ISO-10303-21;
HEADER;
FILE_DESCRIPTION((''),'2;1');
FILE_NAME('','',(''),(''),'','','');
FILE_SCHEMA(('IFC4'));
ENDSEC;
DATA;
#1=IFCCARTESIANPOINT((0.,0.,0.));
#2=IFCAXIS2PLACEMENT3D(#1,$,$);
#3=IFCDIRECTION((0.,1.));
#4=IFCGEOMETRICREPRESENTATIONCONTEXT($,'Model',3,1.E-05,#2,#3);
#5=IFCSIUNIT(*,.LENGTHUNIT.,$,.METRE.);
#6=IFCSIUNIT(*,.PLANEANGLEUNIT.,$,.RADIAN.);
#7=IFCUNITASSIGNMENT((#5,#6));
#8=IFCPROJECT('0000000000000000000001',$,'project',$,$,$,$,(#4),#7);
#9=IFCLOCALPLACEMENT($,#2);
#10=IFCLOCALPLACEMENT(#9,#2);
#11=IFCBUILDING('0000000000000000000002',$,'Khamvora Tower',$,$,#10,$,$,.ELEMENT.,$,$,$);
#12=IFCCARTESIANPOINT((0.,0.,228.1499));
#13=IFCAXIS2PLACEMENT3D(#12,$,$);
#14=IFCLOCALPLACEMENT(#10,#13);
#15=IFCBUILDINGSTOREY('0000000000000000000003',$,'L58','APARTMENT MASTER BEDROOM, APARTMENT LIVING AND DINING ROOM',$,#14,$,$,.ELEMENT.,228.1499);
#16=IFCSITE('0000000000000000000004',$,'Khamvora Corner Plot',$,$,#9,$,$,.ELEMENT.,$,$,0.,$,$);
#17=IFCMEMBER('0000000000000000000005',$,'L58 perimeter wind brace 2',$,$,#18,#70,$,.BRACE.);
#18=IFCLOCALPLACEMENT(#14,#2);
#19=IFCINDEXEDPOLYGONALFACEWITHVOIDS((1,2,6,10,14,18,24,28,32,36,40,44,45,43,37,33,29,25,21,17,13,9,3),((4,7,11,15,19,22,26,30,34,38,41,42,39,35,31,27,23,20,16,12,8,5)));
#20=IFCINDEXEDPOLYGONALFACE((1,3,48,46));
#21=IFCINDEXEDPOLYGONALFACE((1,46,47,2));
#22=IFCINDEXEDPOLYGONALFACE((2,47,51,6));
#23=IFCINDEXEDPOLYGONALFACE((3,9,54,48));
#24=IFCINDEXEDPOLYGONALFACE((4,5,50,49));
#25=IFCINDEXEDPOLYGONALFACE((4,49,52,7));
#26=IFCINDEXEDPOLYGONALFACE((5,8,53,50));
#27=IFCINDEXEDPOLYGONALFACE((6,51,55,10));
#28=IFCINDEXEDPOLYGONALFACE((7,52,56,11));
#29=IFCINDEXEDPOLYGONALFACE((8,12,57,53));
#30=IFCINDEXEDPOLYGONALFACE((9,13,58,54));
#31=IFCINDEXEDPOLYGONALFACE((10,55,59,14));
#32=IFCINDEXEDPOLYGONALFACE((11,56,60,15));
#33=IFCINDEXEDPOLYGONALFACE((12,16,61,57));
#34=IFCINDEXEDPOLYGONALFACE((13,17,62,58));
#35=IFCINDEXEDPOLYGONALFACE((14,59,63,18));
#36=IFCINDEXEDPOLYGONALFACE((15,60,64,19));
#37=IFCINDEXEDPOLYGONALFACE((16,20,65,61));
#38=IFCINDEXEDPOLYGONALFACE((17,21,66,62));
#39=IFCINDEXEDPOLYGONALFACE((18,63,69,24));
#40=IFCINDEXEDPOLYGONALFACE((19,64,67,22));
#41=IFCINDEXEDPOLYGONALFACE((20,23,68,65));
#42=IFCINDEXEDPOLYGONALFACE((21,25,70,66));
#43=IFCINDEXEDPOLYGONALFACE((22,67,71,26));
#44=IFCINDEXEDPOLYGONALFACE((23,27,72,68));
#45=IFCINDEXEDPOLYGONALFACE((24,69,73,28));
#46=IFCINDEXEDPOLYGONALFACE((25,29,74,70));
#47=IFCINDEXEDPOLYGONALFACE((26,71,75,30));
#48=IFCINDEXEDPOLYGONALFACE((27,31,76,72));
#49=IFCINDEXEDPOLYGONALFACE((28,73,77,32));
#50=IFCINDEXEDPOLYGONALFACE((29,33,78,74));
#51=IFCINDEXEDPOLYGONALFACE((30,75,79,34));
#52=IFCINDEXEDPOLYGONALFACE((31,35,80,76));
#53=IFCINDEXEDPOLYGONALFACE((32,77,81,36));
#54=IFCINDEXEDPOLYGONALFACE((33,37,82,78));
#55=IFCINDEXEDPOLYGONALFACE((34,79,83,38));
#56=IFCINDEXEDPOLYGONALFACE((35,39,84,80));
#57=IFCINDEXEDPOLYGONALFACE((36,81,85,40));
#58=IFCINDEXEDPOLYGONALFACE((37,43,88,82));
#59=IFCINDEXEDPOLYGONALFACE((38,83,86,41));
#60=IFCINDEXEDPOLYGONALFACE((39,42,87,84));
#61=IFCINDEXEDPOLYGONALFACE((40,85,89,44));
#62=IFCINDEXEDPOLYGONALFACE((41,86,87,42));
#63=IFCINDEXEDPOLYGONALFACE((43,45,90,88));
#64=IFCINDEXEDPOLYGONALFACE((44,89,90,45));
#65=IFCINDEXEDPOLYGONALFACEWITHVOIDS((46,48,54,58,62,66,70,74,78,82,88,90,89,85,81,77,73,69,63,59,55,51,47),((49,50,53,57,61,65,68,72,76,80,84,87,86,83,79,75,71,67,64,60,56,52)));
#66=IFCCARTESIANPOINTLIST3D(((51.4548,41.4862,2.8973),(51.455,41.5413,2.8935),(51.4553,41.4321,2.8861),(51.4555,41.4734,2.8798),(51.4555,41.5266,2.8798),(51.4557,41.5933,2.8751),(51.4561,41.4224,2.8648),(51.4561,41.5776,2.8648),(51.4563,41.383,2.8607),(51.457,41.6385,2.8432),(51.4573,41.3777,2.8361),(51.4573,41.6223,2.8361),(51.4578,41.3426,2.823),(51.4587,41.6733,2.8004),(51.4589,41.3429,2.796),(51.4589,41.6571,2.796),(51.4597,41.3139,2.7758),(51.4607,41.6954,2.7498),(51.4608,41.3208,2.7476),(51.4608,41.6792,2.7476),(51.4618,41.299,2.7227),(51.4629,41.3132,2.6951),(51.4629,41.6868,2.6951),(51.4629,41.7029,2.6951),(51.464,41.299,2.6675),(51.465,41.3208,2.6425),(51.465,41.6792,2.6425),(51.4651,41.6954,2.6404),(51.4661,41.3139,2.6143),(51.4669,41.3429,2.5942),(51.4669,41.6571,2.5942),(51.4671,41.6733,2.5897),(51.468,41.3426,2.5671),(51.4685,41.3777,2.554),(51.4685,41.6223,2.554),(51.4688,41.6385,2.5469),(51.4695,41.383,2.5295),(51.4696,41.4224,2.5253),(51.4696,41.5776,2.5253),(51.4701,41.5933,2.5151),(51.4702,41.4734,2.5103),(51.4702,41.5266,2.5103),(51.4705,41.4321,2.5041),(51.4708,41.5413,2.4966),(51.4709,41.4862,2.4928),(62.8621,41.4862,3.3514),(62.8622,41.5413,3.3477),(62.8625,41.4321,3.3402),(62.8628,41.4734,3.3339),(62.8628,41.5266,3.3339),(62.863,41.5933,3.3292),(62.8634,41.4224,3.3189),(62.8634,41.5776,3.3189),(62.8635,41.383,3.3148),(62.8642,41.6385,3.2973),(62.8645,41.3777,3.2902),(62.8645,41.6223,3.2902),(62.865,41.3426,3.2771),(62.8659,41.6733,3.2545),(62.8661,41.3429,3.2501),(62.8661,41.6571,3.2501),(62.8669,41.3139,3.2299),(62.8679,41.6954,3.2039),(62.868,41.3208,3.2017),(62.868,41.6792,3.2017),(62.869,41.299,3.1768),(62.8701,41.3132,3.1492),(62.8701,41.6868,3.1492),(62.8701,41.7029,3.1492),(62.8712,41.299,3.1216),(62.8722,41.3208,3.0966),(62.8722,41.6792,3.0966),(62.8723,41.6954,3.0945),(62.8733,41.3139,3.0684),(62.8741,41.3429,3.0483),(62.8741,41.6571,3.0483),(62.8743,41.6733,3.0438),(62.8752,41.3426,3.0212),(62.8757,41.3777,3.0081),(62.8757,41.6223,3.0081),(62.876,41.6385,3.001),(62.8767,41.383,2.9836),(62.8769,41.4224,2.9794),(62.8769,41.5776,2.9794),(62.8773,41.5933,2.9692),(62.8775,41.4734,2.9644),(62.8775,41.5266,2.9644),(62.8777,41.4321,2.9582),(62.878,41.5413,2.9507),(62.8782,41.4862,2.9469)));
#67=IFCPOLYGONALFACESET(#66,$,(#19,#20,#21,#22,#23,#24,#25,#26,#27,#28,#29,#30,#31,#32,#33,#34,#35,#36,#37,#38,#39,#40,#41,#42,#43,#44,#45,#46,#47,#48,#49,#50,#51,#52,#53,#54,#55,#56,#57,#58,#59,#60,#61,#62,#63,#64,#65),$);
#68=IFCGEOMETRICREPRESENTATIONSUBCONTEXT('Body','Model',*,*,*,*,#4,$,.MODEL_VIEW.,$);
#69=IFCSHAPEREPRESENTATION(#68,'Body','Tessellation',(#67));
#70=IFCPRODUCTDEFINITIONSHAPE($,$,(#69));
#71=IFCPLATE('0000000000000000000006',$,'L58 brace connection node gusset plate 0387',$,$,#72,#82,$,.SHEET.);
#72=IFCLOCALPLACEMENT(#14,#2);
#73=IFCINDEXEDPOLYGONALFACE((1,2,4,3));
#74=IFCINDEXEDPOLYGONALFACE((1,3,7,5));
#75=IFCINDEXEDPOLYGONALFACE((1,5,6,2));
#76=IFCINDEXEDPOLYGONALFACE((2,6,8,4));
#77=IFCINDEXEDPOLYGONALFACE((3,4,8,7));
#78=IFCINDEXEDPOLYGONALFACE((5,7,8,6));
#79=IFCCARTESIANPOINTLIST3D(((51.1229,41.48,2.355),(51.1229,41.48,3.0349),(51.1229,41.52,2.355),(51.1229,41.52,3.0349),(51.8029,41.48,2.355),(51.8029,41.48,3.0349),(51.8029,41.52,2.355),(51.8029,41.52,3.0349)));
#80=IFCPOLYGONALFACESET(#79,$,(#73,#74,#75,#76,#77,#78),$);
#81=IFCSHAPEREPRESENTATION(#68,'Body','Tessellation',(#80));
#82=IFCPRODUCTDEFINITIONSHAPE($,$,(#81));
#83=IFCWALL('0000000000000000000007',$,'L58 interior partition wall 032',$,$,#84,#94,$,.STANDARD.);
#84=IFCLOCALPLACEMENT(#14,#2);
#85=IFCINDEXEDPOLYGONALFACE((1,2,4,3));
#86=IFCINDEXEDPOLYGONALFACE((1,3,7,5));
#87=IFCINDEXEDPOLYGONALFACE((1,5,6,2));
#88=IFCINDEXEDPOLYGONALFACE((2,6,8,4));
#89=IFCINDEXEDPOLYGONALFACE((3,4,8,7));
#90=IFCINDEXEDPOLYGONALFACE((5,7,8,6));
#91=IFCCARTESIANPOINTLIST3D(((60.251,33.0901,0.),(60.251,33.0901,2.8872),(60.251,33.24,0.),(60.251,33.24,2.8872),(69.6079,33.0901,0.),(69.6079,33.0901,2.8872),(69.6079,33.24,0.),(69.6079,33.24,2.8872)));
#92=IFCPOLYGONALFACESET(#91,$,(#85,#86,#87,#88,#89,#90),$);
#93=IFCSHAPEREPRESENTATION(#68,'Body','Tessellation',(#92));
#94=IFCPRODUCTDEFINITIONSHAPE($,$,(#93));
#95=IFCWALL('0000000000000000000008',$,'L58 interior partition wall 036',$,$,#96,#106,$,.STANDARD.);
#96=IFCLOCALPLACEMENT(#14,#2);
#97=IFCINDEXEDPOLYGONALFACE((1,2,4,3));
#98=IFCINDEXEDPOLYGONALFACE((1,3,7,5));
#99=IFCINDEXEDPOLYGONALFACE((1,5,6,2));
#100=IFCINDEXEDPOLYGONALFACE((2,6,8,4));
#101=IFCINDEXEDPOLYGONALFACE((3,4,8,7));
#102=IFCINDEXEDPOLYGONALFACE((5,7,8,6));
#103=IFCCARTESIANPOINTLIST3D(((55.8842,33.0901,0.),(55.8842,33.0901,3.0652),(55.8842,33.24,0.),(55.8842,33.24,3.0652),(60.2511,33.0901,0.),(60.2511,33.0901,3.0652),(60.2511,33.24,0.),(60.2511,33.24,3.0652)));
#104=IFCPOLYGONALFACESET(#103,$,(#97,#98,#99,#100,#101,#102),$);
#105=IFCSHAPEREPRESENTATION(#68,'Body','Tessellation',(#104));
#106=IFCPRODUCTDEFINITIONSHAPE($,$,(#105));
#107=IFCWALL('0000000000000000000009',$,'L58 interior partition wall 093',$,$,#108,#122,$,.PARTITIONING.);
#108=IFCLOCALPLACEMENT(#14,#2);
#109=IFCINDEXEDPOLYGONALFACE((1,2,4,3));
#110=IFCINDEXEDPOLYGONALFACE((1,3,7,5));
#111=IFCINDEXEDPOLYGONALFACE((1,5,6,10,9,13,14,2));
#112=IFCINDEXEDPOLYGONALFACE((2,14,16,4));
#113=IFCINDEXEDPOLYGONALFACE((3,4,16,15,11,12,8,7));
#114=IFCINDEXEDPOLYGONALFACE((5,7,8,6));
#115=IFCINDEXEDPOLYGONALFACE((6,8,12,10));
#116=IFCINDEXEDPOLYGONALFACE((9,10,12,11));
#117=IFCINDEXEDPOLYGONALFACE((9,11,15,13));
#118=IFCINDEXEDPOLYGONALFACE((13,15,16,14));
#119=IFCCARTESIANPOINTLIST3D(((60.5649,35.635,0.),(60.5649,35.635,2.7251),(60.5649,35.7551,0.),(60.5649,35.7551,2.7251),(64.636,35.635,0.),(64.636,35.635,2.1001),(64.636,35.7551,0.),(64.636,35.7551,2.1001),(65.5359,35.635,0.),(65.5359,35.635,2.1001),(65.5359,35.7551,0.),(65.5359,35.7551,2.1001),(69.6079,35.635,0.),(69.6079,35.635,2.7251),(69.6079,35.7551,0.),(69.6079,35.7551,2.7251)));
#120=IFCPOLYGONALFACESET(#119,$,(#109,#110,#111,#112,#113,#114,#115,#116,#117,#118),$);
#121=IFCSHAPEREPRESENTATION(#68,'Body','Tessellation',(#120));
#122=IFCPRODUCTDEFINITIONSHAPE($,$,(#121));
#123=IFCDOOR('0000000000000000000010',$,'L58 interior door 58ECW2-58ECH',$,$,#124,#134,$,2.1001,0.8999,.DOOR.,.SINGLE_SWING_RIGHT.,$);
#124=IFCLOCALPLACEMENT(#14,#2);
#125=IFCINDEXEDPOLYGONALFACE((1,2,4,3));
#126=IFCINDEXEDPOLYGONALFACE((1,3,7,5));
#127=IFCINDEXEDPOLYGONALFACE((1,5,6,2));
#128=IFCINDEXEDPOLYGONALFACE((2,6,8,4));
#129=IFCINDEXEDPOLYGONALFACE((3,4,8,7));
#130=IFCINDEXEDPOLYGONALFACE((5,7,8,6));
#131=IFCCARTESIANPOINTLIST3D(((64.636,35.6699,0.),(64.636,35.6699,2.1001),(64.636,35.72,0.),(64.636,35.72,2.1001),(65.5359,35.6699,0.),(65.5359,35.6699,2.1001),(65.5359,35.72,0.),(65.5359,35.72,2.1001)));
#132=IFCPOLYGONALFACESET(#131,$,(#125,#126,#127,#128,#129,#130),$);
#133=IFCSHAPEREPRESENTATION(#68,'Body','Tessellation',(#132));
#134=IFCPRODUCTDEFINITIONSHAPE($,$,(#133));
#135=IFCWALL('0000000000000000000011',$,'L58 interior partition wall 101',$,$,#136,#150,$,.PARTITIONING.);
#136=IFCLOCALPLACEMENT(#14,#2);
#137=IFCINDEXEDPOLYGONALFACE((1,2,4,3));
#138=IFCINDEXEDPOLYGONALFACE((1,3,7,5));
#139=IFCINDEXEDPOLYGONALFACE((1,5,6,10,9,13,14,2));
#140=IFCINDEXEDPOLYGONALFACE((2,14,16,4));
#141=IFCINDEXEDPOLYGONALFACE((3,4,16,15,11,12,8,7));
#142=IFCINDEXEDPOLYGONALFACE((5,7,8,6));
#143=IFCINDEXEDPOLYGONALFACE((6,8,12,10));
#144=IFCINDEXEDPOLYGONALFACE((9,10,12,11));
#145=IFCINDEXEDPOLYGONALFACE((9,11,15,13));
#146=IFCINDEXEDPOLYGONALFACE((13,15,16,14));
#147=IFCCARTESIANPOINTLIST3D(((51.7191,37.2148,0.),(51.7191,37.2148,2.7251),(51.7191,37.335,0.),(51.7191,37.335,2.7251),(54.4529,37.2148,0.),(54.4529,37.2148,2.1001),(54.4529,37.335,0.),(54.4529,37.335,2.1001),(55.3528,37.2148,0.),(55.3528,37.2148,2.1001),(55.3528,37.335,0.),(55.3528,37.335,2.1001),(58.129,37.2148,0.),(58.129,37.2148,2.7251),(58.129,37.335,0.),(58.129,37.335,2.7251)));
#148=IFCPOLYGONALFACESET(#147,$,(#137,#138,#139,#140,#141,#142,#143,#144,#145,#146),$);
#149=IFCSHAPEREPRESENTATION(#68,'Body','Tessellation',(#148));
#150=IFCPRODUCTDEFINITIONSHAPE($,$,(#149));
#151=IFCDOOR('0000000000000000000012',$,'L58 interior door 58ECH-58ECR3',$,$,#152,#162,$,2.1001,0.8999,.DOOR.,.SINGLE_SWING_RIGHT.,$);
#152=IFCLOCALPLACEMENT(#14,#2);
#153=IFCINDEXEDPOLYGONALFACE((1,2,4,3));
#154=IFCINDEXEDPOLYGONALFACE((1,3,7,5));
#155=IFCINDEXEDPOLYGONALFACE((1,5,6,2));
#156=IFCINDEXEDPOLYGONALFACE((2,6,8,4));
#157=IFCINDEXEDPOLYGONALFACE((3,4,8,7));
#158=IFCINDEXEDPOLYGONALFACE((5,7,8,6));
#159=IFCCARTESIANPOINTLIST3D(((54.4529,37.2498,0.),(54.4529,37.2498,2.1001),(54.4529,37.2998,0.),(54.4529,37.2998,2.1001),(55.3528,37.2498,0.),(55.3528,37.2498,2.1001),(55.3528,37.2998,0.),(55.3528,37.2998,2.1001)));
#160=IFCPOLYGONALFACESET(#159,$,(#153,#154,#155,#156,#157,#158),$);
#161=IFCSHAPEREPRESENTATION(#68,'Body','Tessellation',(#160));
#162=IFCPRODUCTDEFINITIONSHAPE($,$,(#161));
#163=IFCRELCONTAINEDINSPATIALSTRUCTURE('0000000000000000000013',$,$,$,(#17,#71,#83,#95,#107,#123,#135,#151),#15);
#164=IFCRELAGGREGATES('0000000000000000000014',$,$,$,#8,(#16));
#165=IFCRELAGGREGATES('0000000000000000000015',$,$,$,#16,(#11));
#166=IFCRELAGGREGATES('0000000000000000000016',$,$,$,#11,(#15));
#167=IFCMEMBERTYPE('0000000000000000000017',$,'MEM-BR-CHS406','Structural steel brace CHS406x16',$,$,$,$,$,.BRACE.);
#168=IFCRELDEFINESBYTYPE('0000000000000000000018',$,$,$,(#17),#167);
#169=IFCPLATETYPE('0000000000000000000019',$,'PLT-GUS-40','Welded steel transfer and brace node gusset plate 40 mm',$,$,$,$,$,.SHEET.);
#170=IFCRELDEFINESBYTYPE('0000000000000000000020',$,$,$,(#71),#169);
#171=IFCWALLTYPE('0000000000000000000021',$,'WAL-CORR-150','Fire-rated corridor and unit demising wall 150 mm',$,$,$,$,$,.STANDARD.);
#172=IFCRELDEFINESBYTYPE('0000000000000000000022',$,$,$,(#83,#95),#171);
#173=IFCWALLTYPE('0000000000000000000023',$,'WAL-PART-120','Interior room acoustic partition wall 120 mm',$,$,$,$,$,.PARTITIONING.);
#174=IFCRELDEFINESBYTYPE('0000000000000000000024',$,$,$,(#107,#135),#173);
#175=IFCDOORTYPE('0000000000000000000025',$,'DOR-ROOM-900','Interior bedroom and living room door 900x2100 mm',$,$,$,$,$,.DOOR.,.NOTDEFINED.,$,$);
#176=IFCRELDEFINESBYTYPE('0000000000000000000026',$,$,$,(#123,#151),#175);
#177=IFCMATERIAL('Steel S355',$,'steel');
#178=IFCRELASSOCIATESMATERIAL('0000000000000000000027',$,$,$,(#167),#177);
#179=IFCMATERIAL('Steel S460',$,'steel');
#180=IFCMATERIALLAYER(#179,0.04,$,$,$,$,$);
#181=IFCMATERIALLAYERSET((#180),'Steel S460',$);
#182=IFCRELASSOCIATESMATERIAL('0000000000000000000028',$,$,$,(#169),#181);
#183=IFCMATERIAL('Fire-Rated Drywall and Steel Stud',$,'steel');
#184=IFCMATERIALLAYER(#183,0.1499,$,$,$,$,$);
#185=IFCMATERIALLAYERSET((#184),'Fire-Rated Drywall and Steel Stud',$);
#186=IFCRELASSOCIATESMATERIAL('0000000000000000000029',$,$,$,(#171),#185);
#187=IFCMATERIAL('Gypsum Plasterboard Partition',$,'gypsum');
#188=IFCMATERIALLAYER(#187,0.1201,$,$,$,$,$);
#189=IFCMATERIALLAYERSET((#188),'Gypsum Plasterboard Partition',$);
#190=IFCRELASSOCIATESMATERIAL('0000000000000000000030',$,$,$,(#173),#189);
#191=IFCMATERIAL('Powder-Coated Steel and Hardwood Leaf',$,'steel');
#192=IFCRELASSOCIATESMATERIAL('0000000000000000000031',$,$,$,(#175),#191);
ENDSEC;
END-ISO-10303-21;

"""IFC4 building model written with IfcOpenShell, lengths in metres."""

from ifc_helpers import new_model, si_unit, direction, frame, frame_2d, origin, origin_2d, place, context, subcontext, project, spatial, rectangle, hollow_circle, extrude, material, layer, layer_set, material_profile, profile_set, type_object, element, fill, save


model = new_model("IFC4")

# Units and contexts
model_context = context("Model", 3, precision=1e-05, world=origin(), true_north=direction((0.0, 1.0)))
body_context = subcontext(model_context, "Body", "Model", "MODEL_VIEW")
ifc_project = project(units=[si_unit("LENGTHUNIT", "METRE"), si_unit("PLANEANGLEUNIT", "RADIAN")], contexts=[model_context])

# Site, building, storey
site_placement = place(None, origin())
site = spatial("IfcSite", under=ifc_project, at=site_placement, Name="Khamvora Corner Plot", CompositionType="ELEMENT", RefElevation=0.0)
building_placement = place(site_placement, origin())
building = spatial("IfcBuilding", under=site, at=building_placement, Name="Khamvora Tower", CompositionType="ELEMENT")
storey_placement = place(building_placement, frame((0.0, 0.0, 228.1499)))
storey = spatial("IfcBuildingStorey", under=building, at=storey_placement, Name="L58", Description="APARTMENT MASTER BEDROOM, APARTMENT LIVING AND DINING ROOM", CompositionType="ELEMENT", Elevation=228.1499)

# Shared definitions
ifc_material_1 = material(Name="Steel S355", Category="steel")

# Member
ifc_material_profile_1 = material_profile(ifc_material_1, hollow_circle(Radius=0.2029, WallThickness=0.0161, at=origin_2d()), Name="CHS406x16")
ifc_profile_set_1 = profile_set([ifc_material_profile_1], Name="Steel S355")
member_type = type_object("IfcMemberType", Name="MEM-BR-CHS406", Description="Structural steel brace CHS406x16", PredefinedType="BRACE", material=ifc_profile_set_1)
member_placement = place(storey_placement, frame((51.4629, 41.5, 2.6951), z_axis=(0.999209, 0.0, 0.039777), x_axis=(0.0, 1.0, 0.0)))
element("IfcMember", 1, at=member_placement, inside=storey, type_object=member_type, Name="L58 perimeter wind brace 2", PredefinedType="BRACE", context=body_context, shape_type="SweptSolid", body=[
    extrude(hollow_circle(Radius=0.2029, WallThickness=0.0161, at=origin_2d()), origin(), (0.0, 0.0, 1.0), 11.4163),
])

# Plate
ifc_material_2 = material(Name="Steel S460", Category="steel")
ifc_layer_1 = layer(ifc_material_2, 0.04)
ifc_layer_set_1 = layer_set([ifc_layer_1], Name="Steel S460")
plate_type = type_object("IfcPlateType", Name="PLT-GUS-40", Description="Welded steel transfer and brace node gusset plate 40 mm", PredefinedType="SHEET", material=ifc_layer_set_1)
plate_placement = place(storey_placement, frame((51.4629, 41.5, 2.355), z_axis=(0.0, 0.0, 1.0), x_axis=(1.0, 0.0, 0.0)))
element("IfcPlate", 2, at=plate_placement, inside=storey, type_object=plate_type, Name="L58 brace connection node gusset plate 0387", PredefinedType="SHEET", context=body_context, shape_type="SweptSolid", body=[
    extrude(rectangle(XDim=0.6799, YDim=0.04, at=origin_2d()), origin(), (0.0, 0.0, 1.0), 0.6799),
])

# Wall
ifc_material_3 = material(Name="Fire-Rated Drywall and Steel Stud", Category="steel")
ifc_layer_2 = layer(ifc_material_3, 0.1499)
ifc_layer_set_2 = layer_set([ifc_layer_2], Name="Fire-Rated Drywall and Steel Stud")
wall_type_1 = type_object("IfcWallType", Name="WAL-CORR-150", Description="Fire-rated corridor and unit demising wall 150 mm", PredefinedType="STANDARD", material=ifc_layer_set_2)
wall_1_placement = place(storey_placement, frame((60.251, 33.165, 0.0), z_axis=(0.0, 0.0, 1.0), x_axis=(1.0, 0.0, 0.0)))
element("IfcWall", 3, at=wall_1_placement, inside=storey, type_object=wall_type_1, Name="L58 interior partition wall 032", PredefinedType="STANDARD", context=body_context, shape_type="SweptSolid", body=[
    extrude(rectangle(XDim=9.3569, YDim=0.1499, at=frame_2d((4.6785, 0.0))), origin(), (0.0, 0.0, 1.0), 2.8872),
])

# Shared definitions
ifc_material_4 = material(Name="Powder-Coated Steel and Hardwood Leaf", Category="steel")

# Wall
wall_2_placement = place(storey_placement, frame((55.884, 33.165, 0.0), z_axis=(0.0, 0.0, 1.0), x_axis=(1.0, 0.0, 0.0)))
element("IfcWall", 4, at=wall_2_placement, inside=storey, type_object=wall_type_1, Name="L58 interior partition wall 036", PredefinedType="STANDARD", context=body_context, shape_type="SweptSolid", body=[
    extrude(rectangle(XDim=4.3669, YDim=0.1499, at=frame_2d((2.1836, 0.0))), origin(), (0.0, 0.0, 1.0), 3.0652),
])

# Walls, openings, doors
ifc_material_5 = material(Name="Gypsum Plasterboard Partition", Category="gypsum")
ifc_layer_3 = layer(ifc_material_5, 0.1201)
ifc_layer_set_3 = layer_set([ifc_layer_3], Name="Gypsum Plasterboard Partition")
wall_type_2 = type_object("IfcWallType", Name="WAL-PART-120", Description="Interior room acoustic partition wall 120 mm", PredefinedType="PARTITIONING", material=ifc_layer_set_3)
wall_3_placement = place(storey_placement, frame((60.5649, 35.6951, 0.0), z_axis=(0.0, 0.0, 1.0), x_axis=(1.0, 0.0, 0.0)))
wall_3 = element("IfcWall", 5, at=wall_3_placement, inside=storey, type_object=wall_type_2, Name="L58 interior partition wall 093", PredefinedType="PARTITIONING", context=body_context, shape_type="SweptSolid", body=[
    extrude(rectangle(XDim=9.043, YDim=0.1201, at=frame_2d((4.5215, 0.0))), origin(), (0.0, 0.0, 1.0), 2.7251),
])
opening_1_placement = place(wall_3_placement, frame((4.071, 0.0, 0.0)))
opening_1 = element("IfcOpeningElement", 6, at=opening_1_placement, cuts=wall_3, PredefinedType="OPENING", context=body_context, shape_type="SweptSolid", body=[
    extrude(rectangle(XDim=0.8999, YDim=2.1001, at=frame_2d((0.45, 1.05))), frame((0.0, 0.0701, 0.0), z_axis=(0.0, -1.0, 0.0), x_axis=(1.0, 0.0, 0.0)), (0.0, 0.0, 1.0), 0.1401),
])
door_type_1 = type_object("IfcDoorType", Name="DOR-ROOM-900", Description="Interior bedroom and living room door 900x2100 mm", OperationType="NOTDEFINED", PredefinedType="DOOR", material=ifc_material_4)
door_1_placement = place(opening_1_placement, origin())
door_1 = element("IfcDoor", 7, at=door_1_placement, inside=storey, type_object=door_type_1, Name="L58 interior door 58ECW2-58ECH", OperationType="SINGLE_SWING_RIGHT", OverallHeight=2.1001, OverallWidth=0.8999, PredefinedType="DOOR", context=body_context, shape_type="SweptSolid", body=[
    extrude(rectangle(XDim=0.8999, YDim=2.1001, at=frame_2d((0.45, 1.05))), frame((0.0, 0.0249, 0.0), z_axis=(0.0, -1.0, 0.0), x_axis=(1.0, 0.0, 0.0)), (0.0, 0.0, 1.0), 0.05),
])
fill(opening_1, door_1)
wall_4_placement = place(storey_placement, frame((51.719, 37.2749, 0.0), z_axis=(0.0, 0.0, 1.0), x_axis=(1.0, 0.0, 0.0)))
wall_4 = element("IfcWall", 8, at=wall_4_placement, inside=storey, type_object=wall_type_2, Name="L58 interior partition wall 101", PredefinedType="PARTITIONING", context=body_context, shape_type="SweptSolid", body=[
    extrude(rectangle(XDim=6.4099, YDim=0.1201, at=frame_2d((3.2051, 0.0))), origin(), (0.0, 0.0, 1.0), 2.7251),
])
opening_2_placement = place(wall_4_placement, frame((2.7339, 0.0, 0.0)))
opening_2 = element("IfcOpeningElement", 9, at=opening_2_placement, cuts=wall_4, PredefinedType="OPENING", context=body_context, shape_type="SweptSolid", body=[
    extrude(rectangle(XDim=0.8999, YDim=2.1001, at=frame_2d((0.45, 1.05))), frame((0.0, 0.0701, 0.0), z_axis=(0.0, -1.0, 0.0), x_axis=(1.0, 0.0, 0.0)), (0.0, 0.0, 1.0), 0.1401),
])
door_2_placement = place(opening_2_placement, origin())
door_2 = element("IfcDoor", 10, at=door_2_placement, inside=storey, type_object=door_type_1, Name="L58 interior door 58ECH-58ECR3", OperationType="SINGLE_SWING_RIGHT", OverallHeight=2.1001, OverallWidth=0.8999, PredefinedType="DOOR", context=body_context, shape_type="SweptSolid", body=[
    extrude(rectangle(XDim=0.8999, YDim=2.1001, at=frame_2d((0.45, 1.05))), frame((0.0, 0.0249, 0.0), z_axis=(0.0, -1.0, 0.0), x_axis=(1.0, 0.0, 0.0)), (0.0, 0.0, 1.0), 0.05),
])
fill(opening_2, door_2)

save(model, "model.ifc")
